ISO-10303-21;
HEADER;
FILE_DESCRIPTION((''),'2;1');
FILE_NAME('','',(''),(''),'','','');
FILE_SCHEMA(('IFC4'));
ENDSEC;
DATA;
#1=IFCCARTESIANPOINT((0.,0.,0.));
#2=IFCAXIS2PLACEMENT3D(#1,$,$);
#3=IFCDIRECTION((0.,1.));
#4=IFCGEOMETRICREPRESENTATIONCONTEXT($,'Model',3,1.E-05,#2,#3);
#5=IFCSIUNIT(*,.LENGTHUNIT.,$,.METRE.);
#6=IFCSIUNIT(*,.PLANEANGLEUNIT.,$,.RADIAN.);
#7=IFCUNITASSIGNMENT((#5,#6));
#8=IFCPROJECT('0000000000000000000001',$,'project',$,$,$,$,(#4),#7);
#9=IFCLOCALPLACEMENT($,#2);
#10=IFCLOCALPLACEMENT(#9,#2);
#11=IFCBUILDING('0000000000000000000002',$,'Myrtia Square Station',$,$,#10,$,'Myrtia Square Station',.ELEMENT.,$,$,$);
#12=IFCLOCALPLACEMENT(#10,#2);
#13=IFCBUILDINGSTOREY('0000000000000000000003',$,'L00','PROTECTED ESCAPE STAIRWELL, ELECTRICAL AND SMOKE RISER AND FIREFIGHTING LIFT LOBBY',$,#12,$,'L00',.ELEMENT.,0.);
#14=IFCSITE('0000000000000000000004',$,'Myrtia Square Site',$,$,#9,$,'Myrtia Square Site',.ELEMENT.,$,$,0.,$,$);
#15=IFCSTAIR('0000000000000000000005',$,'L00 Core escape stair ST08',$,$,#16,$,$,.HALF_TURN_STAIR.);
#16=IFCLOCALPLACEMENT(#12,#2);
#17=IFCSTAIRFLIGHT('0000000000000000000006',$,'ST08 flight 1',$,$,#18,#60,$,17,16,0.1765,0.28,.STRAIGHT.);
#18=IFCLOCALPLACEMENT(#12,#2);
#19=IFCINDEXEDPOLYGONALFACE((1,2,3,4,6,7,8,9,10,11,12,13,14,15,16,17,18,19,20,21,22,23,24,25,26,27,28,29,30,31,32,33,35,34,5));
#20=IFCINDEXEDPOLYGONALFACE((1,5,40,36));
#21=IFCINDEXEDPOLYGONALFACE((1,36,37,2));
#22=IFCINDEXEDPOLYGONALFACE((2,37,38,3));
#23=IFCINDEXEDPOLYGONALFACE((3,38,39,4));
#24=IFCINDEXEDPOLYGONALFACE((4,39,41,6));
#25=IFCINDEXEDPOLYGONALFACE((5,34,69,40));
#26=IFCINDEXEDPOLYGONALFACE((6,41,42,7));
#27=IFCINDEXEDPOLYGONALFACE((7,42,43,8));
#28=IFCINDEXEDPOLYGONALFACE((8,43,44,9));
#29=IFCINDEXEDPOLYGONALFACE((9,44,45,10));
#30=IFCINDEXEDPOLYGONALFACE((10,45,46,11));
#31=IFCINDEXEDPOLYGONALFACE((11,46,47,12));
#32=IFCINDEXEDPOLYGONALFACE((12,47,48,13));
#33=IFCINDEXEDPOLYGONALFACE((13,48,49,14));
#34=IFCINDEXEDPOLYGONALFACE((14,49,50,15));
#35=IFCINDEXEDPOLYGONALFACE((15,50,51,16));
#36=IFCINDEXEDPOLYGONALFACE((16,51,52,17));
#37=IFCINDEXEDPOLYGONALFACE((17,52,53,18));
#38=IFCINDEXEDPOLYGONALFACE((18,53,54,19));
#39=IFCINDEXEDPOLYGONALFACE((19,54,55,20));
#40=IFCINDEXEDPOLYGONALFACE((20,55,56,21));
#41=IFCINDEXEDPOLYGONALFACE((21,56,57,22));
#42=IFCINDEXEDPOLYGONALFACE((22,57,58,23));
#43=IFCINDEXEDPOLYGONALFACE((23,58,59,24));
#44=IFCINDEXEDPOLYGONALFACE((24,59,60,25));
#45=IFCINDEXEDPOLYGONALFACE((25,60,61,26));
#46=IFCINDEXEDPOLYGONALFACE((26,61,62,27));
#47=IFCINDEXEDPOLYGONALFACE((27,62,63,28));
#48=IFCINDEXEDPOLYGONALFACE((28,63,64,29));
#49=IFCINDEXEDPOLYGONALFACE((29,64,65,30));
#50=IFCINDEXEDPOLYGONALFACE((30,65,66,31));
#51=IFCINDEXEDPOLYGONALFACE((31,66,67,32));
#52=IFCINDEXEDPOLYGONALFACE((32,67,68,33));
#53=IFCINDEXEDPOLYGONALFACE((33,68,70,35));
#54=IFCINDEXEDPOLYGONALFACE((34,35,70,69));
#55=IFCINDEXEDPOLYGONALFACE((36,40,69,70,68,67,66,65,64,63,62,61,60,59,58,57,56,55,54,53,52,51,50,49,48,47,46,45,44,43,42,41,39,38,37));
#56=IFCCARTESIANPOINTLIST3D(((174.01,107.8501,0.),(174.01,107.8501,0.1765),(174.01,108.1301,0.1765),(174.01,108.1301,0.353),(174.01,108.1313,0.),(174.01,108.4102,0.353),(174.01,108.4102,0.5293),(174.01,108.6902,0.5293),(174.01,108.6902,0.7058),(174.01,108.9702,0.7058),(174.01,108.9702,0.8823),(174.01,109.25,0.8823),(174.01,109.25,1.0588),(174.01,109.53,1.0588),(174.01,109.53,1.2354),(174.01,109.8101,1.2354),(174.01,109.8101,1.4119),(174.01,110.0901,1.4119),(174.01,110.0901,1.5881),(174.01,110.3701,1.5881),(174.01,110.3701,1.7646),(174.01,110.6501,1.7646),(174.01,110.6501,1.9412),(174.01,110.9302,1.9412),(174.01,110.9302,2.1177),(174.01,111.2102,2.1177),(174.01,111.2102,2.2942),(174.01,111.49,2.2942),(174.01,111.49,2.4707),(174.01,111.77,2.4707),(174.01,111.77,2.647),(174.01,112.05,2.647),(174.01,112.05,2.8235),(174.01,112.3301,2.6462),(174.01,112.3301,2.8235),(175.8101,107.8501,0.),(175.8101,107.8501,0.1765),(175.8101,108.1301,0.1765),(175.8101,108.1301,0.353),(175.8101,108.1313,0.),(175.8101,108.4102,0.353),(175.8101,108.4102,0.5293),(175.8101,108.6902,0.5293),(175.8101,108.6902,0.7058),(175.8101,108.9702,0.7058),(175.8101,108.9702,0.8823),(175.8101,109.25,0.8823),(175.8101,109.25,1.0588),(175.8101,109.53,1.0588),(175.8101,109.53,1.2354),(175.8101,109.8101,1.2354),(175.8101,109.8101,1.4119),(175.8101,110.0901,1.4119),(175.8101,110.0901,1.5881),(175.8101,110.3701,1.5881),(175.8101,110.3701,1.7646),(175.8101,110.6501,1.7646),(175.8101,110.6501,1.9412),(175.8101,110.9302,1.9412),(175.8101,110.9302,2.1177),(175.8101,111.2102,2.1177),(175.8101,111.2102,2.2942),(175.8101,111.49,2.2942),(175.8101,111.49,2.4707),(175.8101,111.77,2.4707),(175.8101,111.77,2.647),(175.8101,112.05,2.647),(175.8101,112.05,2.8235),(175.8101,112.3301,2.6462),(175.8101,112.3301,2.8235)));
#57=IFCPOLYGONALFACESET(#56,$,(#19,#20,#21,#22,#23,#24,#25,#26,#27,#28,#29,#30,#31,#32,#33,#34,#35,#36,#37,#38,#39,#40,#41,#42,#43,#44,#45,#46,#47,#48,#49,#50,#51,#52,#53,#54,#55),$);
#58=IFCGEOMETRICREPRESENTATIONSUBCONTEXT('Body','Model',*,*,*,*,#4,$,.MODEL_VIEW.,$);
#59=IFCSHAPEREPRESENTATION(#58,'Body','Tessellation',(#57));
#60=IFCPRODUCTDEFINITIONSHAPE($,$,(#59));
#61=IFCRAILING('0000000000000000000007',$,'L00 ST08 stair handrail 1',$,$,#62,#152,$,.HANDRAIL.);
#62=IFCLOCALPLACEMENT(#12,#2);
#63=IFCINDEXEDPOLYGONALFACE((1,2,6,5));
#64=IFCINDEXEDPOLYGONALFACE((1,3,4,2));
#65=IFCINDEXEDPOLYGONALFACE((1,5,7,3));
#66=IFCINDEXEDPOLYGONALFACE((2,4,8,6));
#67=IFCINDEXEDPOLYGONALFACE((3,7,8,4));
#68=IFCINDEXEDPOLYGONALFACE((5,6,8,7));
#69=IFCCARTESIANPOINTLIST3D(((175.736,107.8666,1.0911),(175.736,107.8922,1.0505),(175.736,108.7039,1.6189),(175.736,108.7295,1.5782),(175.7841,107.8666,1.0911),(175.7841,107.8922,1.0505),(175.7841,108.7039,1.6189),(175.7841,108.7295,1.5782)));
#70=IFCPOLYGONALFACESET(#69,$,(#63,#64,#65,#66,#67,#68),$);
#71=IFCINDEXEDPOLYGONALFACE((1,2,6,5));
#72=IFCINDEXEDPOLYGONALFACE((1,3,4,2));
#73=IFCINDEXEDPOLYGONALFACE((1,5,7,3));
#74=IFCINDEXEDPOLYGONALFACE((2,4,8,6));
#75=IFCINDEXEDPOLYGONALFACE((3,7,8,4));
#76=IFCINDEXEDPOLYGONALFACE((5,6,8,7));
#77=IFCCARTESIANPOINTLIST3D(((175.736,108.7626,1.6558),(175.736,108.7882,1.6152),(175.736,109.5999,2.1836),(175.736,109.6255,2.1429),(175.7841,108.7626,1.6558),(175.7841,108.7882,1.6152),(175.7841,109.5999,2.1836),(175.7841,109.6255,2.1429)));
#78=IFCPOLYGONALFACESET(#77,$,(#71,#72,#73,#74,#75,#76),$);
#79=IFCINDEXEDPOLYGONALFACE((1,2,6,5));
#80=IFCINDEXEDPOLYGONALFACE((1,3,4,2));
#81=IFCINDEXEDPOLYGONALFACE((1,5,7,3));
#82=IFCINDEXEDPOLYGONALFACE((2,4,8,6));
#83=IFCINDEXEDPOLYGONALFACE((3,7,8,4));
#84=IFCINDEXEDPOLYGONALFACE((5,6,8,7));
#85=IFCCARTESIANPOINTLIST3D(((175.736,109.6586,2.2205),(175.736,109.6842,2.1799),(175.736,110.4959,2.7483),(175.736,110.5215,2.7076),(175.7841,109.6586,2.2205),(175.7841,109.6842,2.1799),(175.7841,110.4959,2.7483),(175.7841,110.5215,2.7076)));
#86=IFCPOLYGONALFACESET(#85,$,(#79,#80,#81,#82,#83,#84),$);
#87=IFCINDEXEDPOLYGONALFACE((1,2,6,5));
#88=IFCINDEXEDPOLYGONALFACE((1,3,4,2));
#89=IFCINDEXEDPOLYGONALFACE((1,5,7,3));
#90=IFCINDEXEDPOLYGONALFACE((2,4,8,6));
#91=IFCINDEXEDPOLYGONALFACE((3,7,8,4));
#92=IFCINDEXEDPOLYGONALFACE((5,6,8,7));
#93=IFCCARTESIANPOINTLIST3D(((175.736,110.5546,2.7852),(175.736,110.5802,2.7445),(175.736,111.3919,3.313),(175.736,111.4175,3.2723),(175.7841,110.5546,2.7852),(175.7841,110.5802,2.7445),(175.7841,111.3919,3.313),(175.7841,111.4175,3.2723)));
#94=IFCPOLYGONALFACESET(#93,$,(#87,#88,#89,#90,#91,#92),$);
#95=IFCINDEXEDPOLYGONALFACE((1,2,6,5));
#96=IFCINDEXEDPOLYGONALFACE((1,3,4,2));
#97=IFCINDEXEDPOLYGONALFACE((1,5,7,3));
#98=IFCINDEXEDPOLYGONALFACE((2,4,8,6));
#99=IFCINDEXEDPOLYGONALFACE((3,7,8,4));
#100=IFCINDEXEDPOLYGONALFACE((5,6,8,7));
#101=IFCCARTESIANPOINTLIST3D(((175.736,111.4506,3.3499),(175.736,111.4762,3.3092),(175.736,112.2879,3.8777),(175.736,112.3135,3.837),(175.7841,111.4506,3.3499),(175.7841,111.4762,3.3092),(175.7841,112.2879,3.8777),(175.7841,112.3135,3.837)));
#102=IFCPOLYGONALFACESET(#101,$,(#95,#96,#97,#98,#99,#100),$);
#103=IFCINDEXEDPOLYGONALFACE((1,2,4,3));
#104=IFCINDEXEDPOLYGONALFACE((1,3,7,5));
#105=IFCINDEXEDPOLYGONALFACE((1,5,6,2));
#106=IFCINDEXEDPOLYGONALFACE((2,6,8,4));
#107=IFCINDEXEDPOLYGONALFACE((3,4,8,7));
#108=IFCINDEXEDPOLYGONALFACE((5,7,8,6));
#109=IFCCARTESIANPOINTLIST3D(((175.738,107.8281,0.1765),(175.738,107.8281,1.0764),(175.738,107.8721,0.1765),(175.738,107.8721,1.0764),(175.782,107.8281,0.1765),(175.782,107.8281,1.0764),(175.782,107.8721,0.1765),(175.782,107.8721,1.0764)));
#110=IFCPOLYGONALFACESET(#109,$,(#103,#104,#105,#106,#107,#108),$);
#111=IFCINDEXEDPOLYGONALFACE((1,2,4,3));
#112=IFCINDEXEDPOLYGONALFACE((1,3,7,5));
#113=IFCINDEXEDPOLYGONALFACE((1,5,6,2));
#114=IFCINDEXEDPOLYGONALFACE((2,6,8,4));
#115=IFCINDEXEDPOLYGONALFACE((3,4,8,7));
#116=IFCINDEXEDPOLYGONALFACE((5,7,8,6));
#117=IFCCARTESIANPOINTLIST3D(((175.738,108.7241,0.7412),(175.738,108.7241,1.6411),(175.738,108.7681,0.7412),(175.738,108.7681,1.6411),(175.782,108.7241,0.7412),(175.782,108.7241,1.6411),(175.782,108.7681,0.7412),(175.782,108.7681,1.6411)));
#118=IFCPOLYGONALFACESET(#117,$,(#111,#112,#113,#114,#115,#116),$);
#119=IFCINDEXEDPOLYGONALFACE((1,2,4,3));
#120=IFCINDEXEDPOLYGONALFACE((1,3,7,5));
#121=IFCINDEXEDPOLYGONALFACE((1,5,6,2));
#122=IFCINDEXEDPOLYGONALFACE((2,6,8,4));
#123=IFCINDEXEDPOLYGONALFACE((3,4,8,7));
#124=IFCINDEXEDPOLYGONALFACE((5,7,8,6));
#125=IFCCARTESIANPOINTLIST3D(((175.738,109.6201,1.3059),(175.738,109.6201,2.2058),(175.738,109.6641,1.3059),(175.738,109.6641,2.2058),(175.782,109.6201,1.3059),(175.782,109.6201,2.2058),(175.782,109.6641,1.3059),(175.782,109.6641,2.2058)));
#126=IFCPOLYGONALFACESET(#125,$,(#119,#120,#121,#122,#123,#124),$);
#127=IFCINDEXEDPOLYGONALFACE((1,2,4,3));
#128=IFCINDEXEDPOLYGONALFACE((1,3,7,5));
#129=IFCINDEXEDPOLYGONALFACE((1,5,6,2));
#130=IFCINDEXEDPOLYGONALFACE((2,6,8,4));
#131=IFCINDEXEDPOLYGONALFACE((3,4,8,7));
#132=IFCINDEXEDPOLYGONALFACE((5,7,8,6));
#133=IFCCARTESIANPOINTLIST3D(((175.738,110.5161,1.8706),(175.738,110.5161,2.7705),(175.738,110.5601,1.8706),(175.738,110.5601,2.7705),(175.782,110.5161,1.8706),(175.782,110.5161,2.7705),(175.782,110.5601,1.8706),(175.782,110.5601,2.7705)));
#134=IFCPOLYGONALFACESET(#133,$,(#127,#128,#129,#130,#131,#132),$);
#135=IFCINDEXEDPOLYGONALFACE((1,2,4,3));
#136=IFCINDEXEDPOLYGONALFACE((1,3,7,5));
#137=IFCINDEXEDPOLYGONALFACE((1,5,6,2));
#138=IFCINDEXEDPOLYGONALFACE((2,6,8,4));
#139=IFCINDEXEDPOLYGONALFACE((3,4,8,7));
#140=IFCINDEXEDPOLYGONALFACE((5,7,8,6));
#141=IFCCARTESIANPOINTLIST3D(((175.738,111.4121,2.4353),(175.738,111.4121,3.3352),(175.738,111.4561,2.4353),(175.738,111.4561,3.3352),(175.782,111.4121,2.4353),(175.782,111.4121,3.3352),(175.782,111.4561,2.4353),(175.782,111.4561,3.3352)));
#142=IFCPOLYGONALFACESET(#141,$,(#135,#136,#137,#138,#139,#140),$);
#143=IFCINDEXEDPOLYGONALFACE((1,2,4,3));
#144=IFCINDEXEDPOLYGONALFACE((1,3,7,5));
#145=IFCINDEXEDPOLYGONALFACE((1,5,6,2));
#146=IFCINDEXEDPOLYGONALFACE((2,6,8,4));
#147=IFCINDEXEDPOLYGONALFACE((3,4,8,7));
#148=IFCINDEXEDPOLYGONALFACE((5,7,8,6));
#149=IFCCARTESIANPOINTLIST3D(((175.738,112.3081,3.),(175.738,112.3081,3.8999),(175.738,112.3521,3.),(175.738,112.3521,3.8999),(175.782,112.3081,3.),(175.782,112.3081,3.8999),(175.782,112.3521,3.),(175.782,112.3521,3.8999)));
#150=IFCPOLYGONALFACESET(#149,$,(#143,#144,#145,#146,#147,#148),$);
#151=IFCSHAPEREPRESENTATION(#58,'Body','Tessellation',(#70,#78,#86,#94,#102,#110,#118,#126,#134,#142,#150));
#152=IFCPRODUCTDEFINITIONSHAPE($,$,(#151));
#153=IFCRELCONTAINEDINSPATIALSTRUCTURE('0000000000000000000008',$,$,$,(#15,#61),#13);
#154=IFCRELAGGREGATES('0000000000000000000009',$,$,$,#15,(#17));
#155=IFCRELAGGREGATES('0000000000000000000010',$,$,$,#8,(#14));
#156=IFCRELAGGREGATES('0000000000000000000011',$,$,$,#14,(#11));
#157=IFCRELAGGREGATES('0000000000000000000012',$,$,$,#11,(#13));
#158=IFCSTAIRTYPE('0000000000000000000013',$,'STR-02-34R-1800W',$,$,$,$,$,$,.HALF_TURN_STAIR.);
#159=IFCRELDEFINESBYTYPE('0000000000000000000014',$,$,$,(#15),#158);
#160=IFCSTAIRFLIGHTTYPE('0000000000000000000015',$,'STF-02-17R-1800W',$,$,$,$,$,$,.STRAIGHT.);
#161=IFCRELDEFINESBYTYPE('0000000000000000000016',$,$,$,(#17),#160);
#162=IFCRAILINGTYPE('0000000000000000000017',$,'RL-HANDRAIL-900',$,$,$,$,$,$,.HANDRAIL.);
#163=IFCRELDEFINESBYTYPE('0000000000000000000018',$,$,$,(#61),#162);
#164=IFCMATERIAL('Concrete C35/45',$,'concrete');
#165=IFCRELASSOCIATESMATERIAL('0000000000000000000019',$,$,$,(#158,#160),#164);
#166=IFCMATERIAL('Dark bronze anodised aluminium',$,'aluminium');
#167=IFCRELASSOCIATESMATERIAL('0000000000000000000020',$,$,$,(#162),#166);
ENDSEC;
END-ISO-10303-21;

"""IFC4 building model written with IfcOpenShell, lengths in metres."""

from ifc_helpers import new_model, si_unit, direction, frame, origin, origin_2d, place, context, subcontext, project, spatial, polyline, rectangle, outline, extrude, material, type_object, element, aggregate, save


model = new_model("IFC4")

# Units and contexts
model_context = context("Model", 3, precision=1e-05, world=origin(), true_north=direction((0.0, 1.0)))
body_context = subcontext(model_context, "Body", "Model", "MODEL_VIEW")
ifc_project = project(units=[si_unit("LENGTHUNIT", "METRE"), si_unit("PLANEANGLEUNIT", "RADIAN")], contexts=[model_context])

# Site, building, storey
site_placement = place(None, origin())
site = spatial("IfcSite", under=ifc_project, at=site_placement, Name="Myrtia Square Site", LongName="Myrtia Square Site", CompositionType="ELEMENT", RefElevation=0.0)
building_placement = place(site_placement, origin())
building = spatial("IfcBuilding", under=site, at=building_placement, Name="Myrtia Square Station", LongName="Myrtia Square Station", CompositionType="ELEMENT")
storey_placement = place(building_placement, origin())
storey = spatial("IfcBuildingStorey", under=building, at=storey_placement, Name="L00", Description="PROTECTED ESCAPE STAIRWELL, ELECTRICAL AND SMOKE RISER AND FIREFIGHTING LIFT LOBBY", LongName="L00", CompositionType="ELEMENT", Elevation=0.0)

# Shared definitions
ifc_material_1 = material(Name="Concrete C35/45", Category="concrete")

# Shared definitions
ifc_material_2 = material(Name="Dark bronze anodised aluminium", Category="aluminium")

# Stair, stair flight
stair_type = type_object("IfcStairType", Name="STR-02-34R-1800W", PredefinedType="HALF_TURN_STAIR", material=ifc_material_1)
stair_placement = place(storey_placement, origin())
stair = element("IfcStair", 1, at=stair_placement, inside=storey, type_object=stair_type, Name="L00 Core escape stair ST08", PredefinedType="HALF_TURN_STAIR")
stair_flight_type = type_object("IfcStairFlightType", Name="STF-02-17R-1800W", PredefinedType="STRAIGHT", material=ifc_material_1)
stair_flight_placement = place(storey_placement, frame((174.9099, 107.8501, 0.0), z_axis=(0.0, 0.0, 1.0), x_axis=(0.0, 1.0, 0.0)))
stair_flight = element("IfcStairFlight", 2, at=stair_flight_placement, type_object=stair_flight_type, Name="ST08 flight 1", NumberOfRisers=17, NumberOfTreads=16, PredefinedType="STRAIGHT", RiserHeight=0.1765, TreadLength=0.28, context=body_context, shape_type="SweptSolid", body=[
    extrude(outline(polyline([(0.0, 0.0), (0.0, 0.1765), (0.28, 0.1765), (0.28, 0.353), (0.5601, 0.353), (0.5601, 0.5293), (0.8401, 0.5293), (0.8401, 0.7058), (1.1201, 0.7058), (1.1201, 0.8823), (1.3999, 0.8823), (1.3999, 1.0588), (1.6799, 1.0588), (1.6799, 1.2354), (1.96, 1.2354), (1.96, 1.4119), (2.24, 1.4119), (2.24, 1.5881), (2.52, 1.5881), (2.52, 1.7646), (2.8, 1.7646), (2.8, 1.9412), (3.0801, 1.9412), (3.0801, 2.1177), (3.3601, 2.1177), (3.3601, 2.2942), (3.6399, 2.2942), (3.6399, 2.4707), (3.9199, 2.4707), (3.9199, 2.647), (4.2, 2.647), (4.2, 2.8235), (4.48, 2.8235), (4.48, 3.0), (4.48, 2.6462), (0.2812, 0.0), (0.0, 0.0)])), frame((0.0, 0.8999, 0.0), z_axis=(0.0, -1.0, 0.0), x_axis=(1.0, 0.0, 0.0)), (0.0, 0.0, 1.0), 1.8),
])
aggregate(stair, [stair_flight])

# Railing
railing_type_1 = type_object("IfcRailingType", Name="RL-HANDRAIL-900", PredefinedType="HANDRAIL", material=ifc_material_2)
railing_1_placement = place(storey_placement, frame((175.76, 107.8501, 0.1765)))
element("IfcRailing", 3, at=railing_1_placement, inside=storey, type_object=railing_type_1, Name="L00 ST08 stair handrail 1", PredefinedType="HANDRAIL", context=body_context, shape_type="SweptSolid", body=[
    extrude(rectangle(XDim=0.0481, YDim=0.0481, at=origin_2d()), frame((0.0, 0.0293, 0.8943), z_axis=(0.0, 0.845998, 0.533186), x_axis=(-1.0, 0.0, 0.0)), (0.0, 0.0, 1.0), 0.9897),
    extrude(rectangle(XDim=0.0481, YDim=0.0481, at=origin_2d()), frame((0.0, 0.9253, 1.459), z_axis=(0.0, 0.845998, 0.533186), x_axis=(-1.0, 0.0, 0.0)), (0.0, 0.0, 1.0), 0.9897),
    extrude(rectangle(XDim=0.0481, YDim=0.0481, at=origin_2d()), frame((0.0, 1.8213, 2.0237), z_axis=(0.0, 0.845998, 0.533186), x_axis=(-1.0, 0.0, 0.0)), (0.0, 0.0, 1.0), 0.9897),
    extrude(rectangle(XDim=0.0481, YDim=0.0481, at=origin_2d()), frame((0.0, 2.7173, 2.5884), z_axis=(0.0, 0.845998, 0.533186), x_axis=(-1.0, 0.0, 0.0)), (0.0, 0.0, 1.0), 0.9897),
    extrude(rectangle(XDim=0.0481, YDim=0.0481, at=origin_2d()), frame((0.0, 3.6133, 3.1531), z_axis=(0.0, 0.845998, 0.533186), x_axis=(-1.0, 0.0, 0.0)), (0.0, 0.0, 1.0), 0.9897),
    extrude(rectangle(XDim=0.0439, YDim=0.0439, at=origin_2d()), origin(), (0.0, 0.0, 1.0), 0.8999),
    extrude(rectangle(XDim=0.0439, YDim=0.0439, at=origin_2d()), frame((0.0, 0.896, 0.5647)), (0.0, 0.0, 1.0), 0.8999),
    extrude(rectangle(XDim=0.0439, YDim=0.0439, at=origin_2d()), frame((0.0, 1.792, 1.1294)), (0.0, 0.0, 1.0), 0.8999),
    extrude(rectangle(XDim=0.0439, YDim=0.0439, at=origin_2d()), frame((0.0, 2.688, 1.6941)), (0.0, 0.0, 1.0), 0.8999),
    extrude(rectangle(XDim=0.0439, YDim=0.0439, at=origin_2d()), frame((0.0, 3.584, 2.2588)), (0.0, 0.0, 1.0), 0.8999),
    extrude(rectangle(XDim=0.0439, YDim=0.0439, at=origin_2d()), frame((0.0, 4.48, 2.8235)), (0.0, 0.0, 1.0), 0.8999),
])

save(model, "model.ifc")
